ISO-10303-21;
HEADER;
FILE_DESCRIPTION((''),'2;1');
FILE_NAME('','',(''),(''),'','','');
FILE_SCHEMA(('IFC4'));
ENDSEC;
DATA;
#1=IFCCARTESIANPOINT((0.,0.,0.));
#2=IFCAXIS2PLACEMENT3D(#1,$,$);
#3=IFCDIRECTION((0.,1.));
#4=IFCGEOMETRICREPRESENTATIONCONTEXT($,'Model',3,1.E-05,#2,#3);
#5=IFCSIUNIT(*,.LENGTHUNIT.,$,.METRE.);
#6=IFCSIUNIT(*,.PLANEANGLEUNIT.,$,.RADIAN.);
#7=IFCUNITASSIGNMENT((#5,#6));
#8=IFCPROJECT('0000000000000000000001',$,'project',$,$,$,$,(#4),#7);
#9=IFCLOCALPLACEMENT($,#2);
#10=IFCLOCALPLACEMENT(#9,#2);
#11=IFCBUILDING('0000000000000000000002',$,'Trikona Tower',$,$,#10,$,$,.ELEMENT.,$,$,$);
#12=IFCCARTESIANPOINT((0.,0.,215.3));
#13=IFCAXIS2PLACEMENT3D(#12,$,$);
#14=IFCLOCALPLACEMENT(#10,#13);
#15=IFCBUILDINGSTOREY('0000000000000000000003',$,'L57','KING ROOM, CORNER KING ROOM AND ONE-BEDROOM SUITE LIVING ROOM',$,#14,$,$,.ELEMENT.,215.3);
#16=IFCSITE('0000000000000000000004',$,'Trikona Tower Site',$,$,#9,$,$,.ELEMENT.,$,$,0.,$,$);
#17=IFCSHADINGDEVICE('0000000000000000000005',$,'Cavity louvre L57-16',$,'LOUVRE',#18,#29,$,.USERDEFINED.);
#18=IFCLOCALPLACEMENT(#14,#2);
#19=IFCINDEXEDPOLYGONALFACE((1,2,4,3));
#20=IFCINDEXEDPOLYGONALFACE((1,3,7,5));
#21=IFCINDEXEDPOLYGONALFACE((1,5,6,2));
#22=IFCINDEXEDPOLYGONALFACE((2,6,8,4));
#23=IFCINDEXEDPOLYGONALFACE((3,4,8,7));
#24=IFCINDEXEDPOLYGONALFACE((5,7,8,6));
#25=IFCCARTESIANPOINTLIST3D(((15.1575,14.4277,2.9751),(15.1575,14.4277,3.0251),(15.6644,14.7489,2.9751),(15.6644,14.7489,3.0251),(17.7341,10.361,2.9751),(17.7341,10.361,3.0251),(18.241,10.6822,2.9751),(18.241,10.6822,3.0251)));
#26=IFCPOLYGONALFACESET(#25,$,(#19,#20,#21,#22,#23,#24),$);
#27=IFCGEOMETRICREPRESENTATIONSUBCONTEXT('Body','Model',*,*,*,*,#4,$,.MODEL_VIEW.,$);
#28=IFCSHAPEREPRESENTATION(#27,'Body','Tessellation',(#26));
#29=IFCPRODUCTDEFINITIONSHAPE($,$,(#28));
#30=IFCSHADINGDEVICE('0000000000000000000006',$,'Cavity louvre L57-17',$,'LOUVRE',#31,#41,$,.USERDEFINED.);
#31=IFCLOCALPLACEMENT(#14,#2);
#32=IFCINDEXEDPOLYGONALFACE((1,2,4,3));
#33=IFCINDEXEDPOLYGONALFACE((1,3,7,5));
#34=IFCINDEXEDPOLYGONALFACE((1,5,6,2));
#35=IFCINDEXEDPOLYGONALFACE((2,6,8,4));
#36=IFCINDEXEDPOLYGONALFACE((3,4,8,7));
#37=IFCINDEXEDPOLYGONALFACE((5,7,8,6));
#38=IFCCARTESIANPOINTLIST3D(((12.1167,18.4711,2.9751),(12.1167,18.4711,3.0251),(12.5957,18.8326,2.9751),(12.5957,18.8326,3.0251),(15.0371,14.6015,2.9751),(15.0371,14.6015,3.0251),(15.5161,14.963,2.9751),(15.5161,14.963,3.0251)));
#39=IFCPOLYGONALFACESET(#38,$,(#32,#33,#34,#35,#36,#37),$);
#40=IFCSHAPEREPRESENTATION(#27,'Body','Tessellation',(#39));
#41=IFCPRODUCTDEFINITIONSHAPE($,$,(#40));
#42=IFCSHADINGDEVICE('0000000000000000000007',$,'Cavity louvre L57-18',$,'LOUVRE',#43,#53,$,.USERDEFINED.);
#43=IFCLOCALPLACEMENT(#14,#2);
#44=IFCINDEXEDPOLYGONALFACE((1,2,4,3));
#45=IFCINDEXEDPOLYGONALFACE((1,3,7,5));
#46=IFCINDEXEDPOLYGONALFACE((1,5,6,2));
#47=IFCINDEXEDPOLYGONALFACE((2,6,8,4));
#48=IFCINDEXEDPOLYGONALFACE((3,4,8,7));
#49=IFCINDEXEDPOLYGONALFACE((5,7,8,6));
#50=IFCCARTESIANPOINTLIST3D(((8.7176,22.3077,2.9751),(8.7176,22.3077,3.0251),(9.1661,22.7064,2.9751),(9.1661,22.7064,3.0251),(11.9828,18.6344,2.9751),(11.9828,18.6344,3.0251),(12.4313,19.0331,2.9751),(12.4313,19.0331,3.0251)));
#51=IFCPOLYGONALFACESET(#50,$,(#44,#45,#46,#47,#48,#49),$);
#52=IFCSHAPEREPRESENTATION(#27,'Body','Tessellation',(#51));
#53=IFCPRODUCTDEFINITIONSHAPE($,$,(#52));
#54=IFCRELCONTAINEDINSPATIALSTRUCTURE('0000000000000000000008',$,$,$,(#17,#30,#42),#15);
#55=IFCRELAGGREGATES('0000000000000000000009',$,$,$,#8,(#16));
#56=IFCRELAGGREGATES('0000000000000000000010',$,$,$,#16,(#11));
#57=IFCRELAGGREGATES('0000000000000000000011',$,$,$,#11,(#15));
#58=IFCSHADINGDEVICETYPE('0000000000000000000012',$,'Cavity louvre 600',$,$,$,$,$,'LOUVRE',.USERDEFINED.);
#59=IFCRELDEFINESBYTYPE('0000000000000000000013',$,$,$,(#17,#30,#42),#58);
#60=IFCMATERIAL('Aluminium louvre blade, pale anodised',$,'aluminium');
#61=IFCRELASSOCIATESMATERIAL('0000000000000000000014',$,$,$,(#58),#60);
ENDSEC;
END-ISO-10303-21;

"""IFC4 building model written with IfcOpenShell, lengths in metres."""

from ifc_helpers import new_model, si_unit, direction, frame, origin, origin_2d, place, context, subcontext, project, spatial, rectangle, extrude, material, type_object, element, save


model = new_model("IFC4")

# Units and contexts
model_context = context("Model", 3, precision=1e-05, world=origin(), true_north=direction((0.0, 1.0)))
body_context = subcontext(model_context, "Body", "Model", "MODEL_VIEW")
ifc_project = project(units=[si_unit("LENGTHUNIT", "METRE"), si_unit("PLANEANGLEUNIT", "RADIAN")], contexts=[model_context])

# Site, building, storey
site_placement = place(None, origin())
site = spatial("IfcSite", under=ifc_project, at=site_placement, Name="Trikona Tower Site", CompositionType="ELEMENT", RefElevation=0.0)
building_placement = place(site_placement, origin())
building = spatial("IfcBuilding", under=site, at=building_placement, Name="Trikona Tower", CompositionType="ELEMENT")
storey_placement = place(building_placement, frame((0.0, 0.0, 215.3)))
storey = spatial("IfcBuildingStorey", under=building, at=storey_placement, Name="L57", Description="KING ROOM, CORNER KING ROOM AND ONE-BEDROOM SUITE LIVING ROOM", CompositionType="ELEMENT", Elevation=215.3)

# Shading devices
ifc_material_1 = material(Name="Aluminium louvre blade, pale anodised", Category="aluminium")
shading_device_type = type_object("IfcShadingDeviceType", Name="Cavity louvre 600", ElementType="LOUVRE", PredefinedType="USERDEFINED", material=ifc_material_1)
shading_device_1_placement = place(storey_placement, frame((16.6992, 12.5549, 2.9751), z_axis=(0.0, 0.0, 1.0), x_axis=(-0.535205, 0.844722, 0.0)))
element("IfcShadingDevice", 1, at=shading_device_1_placement, inside=storey, type_object=shading_device_type, Name="Cavity louvre L57-16", ObjectType="LOUVRE", PredefinedType="USERDEFINED", context=body_context, shape_type="SweptSolid", body=[
    extrude(rectangle(XDim=4.8142, YDim=0.6001, at=origin_2d()), origin(), (0.0, 0.0, 1.0), 0.05),
])
shading_device_2_placement = place(storey_placement, frame((13.8164, 16.717, 2.9751), z_axis=(0.0, 0.0, 1.0), x_axis=(-0.602402, 0.798193, 0.0)))
element("IfcShadingDevice", 2, at=shading_device_2_placement, inside=storey, type_object=shading_device_type, Name="Cavity louvre L57-17", ObjectType="LOUVRE", PredefinedType="USERDEFINED", context=body_context, shape_type="SweptSolid", body=[
    extrude(rectangle(XDim=4.8479, YDim=0.6001, at=origin_2d()), origin(), (0.0, 0.0, 1.0), 0.05),
])
shading_device_3_placement = place(storey_placement, frame((10.5745, 20.6704, 2.9751), z_axis=(0.0, 0.0, 1.0), x_axis=(-0.664367, 0.747406, 0.0)))
element("IfcShadingDevice", 3, at=shading_device_3_placement, inside=storey, type_object=shading_device_type, Name="Cavity louvre L57-18", ObjectType="LOUVRE", PredefinedType="USERDEFINED", context=body_context, shape_type="SweptSolid", body=[
    extrude(rectangle(XDim=4.9148, YDim=0.6001, at=origin_2d()), origin(), (0.0, 0.0, 1.0), 0.05),
])

save(model, "model.ifc")
